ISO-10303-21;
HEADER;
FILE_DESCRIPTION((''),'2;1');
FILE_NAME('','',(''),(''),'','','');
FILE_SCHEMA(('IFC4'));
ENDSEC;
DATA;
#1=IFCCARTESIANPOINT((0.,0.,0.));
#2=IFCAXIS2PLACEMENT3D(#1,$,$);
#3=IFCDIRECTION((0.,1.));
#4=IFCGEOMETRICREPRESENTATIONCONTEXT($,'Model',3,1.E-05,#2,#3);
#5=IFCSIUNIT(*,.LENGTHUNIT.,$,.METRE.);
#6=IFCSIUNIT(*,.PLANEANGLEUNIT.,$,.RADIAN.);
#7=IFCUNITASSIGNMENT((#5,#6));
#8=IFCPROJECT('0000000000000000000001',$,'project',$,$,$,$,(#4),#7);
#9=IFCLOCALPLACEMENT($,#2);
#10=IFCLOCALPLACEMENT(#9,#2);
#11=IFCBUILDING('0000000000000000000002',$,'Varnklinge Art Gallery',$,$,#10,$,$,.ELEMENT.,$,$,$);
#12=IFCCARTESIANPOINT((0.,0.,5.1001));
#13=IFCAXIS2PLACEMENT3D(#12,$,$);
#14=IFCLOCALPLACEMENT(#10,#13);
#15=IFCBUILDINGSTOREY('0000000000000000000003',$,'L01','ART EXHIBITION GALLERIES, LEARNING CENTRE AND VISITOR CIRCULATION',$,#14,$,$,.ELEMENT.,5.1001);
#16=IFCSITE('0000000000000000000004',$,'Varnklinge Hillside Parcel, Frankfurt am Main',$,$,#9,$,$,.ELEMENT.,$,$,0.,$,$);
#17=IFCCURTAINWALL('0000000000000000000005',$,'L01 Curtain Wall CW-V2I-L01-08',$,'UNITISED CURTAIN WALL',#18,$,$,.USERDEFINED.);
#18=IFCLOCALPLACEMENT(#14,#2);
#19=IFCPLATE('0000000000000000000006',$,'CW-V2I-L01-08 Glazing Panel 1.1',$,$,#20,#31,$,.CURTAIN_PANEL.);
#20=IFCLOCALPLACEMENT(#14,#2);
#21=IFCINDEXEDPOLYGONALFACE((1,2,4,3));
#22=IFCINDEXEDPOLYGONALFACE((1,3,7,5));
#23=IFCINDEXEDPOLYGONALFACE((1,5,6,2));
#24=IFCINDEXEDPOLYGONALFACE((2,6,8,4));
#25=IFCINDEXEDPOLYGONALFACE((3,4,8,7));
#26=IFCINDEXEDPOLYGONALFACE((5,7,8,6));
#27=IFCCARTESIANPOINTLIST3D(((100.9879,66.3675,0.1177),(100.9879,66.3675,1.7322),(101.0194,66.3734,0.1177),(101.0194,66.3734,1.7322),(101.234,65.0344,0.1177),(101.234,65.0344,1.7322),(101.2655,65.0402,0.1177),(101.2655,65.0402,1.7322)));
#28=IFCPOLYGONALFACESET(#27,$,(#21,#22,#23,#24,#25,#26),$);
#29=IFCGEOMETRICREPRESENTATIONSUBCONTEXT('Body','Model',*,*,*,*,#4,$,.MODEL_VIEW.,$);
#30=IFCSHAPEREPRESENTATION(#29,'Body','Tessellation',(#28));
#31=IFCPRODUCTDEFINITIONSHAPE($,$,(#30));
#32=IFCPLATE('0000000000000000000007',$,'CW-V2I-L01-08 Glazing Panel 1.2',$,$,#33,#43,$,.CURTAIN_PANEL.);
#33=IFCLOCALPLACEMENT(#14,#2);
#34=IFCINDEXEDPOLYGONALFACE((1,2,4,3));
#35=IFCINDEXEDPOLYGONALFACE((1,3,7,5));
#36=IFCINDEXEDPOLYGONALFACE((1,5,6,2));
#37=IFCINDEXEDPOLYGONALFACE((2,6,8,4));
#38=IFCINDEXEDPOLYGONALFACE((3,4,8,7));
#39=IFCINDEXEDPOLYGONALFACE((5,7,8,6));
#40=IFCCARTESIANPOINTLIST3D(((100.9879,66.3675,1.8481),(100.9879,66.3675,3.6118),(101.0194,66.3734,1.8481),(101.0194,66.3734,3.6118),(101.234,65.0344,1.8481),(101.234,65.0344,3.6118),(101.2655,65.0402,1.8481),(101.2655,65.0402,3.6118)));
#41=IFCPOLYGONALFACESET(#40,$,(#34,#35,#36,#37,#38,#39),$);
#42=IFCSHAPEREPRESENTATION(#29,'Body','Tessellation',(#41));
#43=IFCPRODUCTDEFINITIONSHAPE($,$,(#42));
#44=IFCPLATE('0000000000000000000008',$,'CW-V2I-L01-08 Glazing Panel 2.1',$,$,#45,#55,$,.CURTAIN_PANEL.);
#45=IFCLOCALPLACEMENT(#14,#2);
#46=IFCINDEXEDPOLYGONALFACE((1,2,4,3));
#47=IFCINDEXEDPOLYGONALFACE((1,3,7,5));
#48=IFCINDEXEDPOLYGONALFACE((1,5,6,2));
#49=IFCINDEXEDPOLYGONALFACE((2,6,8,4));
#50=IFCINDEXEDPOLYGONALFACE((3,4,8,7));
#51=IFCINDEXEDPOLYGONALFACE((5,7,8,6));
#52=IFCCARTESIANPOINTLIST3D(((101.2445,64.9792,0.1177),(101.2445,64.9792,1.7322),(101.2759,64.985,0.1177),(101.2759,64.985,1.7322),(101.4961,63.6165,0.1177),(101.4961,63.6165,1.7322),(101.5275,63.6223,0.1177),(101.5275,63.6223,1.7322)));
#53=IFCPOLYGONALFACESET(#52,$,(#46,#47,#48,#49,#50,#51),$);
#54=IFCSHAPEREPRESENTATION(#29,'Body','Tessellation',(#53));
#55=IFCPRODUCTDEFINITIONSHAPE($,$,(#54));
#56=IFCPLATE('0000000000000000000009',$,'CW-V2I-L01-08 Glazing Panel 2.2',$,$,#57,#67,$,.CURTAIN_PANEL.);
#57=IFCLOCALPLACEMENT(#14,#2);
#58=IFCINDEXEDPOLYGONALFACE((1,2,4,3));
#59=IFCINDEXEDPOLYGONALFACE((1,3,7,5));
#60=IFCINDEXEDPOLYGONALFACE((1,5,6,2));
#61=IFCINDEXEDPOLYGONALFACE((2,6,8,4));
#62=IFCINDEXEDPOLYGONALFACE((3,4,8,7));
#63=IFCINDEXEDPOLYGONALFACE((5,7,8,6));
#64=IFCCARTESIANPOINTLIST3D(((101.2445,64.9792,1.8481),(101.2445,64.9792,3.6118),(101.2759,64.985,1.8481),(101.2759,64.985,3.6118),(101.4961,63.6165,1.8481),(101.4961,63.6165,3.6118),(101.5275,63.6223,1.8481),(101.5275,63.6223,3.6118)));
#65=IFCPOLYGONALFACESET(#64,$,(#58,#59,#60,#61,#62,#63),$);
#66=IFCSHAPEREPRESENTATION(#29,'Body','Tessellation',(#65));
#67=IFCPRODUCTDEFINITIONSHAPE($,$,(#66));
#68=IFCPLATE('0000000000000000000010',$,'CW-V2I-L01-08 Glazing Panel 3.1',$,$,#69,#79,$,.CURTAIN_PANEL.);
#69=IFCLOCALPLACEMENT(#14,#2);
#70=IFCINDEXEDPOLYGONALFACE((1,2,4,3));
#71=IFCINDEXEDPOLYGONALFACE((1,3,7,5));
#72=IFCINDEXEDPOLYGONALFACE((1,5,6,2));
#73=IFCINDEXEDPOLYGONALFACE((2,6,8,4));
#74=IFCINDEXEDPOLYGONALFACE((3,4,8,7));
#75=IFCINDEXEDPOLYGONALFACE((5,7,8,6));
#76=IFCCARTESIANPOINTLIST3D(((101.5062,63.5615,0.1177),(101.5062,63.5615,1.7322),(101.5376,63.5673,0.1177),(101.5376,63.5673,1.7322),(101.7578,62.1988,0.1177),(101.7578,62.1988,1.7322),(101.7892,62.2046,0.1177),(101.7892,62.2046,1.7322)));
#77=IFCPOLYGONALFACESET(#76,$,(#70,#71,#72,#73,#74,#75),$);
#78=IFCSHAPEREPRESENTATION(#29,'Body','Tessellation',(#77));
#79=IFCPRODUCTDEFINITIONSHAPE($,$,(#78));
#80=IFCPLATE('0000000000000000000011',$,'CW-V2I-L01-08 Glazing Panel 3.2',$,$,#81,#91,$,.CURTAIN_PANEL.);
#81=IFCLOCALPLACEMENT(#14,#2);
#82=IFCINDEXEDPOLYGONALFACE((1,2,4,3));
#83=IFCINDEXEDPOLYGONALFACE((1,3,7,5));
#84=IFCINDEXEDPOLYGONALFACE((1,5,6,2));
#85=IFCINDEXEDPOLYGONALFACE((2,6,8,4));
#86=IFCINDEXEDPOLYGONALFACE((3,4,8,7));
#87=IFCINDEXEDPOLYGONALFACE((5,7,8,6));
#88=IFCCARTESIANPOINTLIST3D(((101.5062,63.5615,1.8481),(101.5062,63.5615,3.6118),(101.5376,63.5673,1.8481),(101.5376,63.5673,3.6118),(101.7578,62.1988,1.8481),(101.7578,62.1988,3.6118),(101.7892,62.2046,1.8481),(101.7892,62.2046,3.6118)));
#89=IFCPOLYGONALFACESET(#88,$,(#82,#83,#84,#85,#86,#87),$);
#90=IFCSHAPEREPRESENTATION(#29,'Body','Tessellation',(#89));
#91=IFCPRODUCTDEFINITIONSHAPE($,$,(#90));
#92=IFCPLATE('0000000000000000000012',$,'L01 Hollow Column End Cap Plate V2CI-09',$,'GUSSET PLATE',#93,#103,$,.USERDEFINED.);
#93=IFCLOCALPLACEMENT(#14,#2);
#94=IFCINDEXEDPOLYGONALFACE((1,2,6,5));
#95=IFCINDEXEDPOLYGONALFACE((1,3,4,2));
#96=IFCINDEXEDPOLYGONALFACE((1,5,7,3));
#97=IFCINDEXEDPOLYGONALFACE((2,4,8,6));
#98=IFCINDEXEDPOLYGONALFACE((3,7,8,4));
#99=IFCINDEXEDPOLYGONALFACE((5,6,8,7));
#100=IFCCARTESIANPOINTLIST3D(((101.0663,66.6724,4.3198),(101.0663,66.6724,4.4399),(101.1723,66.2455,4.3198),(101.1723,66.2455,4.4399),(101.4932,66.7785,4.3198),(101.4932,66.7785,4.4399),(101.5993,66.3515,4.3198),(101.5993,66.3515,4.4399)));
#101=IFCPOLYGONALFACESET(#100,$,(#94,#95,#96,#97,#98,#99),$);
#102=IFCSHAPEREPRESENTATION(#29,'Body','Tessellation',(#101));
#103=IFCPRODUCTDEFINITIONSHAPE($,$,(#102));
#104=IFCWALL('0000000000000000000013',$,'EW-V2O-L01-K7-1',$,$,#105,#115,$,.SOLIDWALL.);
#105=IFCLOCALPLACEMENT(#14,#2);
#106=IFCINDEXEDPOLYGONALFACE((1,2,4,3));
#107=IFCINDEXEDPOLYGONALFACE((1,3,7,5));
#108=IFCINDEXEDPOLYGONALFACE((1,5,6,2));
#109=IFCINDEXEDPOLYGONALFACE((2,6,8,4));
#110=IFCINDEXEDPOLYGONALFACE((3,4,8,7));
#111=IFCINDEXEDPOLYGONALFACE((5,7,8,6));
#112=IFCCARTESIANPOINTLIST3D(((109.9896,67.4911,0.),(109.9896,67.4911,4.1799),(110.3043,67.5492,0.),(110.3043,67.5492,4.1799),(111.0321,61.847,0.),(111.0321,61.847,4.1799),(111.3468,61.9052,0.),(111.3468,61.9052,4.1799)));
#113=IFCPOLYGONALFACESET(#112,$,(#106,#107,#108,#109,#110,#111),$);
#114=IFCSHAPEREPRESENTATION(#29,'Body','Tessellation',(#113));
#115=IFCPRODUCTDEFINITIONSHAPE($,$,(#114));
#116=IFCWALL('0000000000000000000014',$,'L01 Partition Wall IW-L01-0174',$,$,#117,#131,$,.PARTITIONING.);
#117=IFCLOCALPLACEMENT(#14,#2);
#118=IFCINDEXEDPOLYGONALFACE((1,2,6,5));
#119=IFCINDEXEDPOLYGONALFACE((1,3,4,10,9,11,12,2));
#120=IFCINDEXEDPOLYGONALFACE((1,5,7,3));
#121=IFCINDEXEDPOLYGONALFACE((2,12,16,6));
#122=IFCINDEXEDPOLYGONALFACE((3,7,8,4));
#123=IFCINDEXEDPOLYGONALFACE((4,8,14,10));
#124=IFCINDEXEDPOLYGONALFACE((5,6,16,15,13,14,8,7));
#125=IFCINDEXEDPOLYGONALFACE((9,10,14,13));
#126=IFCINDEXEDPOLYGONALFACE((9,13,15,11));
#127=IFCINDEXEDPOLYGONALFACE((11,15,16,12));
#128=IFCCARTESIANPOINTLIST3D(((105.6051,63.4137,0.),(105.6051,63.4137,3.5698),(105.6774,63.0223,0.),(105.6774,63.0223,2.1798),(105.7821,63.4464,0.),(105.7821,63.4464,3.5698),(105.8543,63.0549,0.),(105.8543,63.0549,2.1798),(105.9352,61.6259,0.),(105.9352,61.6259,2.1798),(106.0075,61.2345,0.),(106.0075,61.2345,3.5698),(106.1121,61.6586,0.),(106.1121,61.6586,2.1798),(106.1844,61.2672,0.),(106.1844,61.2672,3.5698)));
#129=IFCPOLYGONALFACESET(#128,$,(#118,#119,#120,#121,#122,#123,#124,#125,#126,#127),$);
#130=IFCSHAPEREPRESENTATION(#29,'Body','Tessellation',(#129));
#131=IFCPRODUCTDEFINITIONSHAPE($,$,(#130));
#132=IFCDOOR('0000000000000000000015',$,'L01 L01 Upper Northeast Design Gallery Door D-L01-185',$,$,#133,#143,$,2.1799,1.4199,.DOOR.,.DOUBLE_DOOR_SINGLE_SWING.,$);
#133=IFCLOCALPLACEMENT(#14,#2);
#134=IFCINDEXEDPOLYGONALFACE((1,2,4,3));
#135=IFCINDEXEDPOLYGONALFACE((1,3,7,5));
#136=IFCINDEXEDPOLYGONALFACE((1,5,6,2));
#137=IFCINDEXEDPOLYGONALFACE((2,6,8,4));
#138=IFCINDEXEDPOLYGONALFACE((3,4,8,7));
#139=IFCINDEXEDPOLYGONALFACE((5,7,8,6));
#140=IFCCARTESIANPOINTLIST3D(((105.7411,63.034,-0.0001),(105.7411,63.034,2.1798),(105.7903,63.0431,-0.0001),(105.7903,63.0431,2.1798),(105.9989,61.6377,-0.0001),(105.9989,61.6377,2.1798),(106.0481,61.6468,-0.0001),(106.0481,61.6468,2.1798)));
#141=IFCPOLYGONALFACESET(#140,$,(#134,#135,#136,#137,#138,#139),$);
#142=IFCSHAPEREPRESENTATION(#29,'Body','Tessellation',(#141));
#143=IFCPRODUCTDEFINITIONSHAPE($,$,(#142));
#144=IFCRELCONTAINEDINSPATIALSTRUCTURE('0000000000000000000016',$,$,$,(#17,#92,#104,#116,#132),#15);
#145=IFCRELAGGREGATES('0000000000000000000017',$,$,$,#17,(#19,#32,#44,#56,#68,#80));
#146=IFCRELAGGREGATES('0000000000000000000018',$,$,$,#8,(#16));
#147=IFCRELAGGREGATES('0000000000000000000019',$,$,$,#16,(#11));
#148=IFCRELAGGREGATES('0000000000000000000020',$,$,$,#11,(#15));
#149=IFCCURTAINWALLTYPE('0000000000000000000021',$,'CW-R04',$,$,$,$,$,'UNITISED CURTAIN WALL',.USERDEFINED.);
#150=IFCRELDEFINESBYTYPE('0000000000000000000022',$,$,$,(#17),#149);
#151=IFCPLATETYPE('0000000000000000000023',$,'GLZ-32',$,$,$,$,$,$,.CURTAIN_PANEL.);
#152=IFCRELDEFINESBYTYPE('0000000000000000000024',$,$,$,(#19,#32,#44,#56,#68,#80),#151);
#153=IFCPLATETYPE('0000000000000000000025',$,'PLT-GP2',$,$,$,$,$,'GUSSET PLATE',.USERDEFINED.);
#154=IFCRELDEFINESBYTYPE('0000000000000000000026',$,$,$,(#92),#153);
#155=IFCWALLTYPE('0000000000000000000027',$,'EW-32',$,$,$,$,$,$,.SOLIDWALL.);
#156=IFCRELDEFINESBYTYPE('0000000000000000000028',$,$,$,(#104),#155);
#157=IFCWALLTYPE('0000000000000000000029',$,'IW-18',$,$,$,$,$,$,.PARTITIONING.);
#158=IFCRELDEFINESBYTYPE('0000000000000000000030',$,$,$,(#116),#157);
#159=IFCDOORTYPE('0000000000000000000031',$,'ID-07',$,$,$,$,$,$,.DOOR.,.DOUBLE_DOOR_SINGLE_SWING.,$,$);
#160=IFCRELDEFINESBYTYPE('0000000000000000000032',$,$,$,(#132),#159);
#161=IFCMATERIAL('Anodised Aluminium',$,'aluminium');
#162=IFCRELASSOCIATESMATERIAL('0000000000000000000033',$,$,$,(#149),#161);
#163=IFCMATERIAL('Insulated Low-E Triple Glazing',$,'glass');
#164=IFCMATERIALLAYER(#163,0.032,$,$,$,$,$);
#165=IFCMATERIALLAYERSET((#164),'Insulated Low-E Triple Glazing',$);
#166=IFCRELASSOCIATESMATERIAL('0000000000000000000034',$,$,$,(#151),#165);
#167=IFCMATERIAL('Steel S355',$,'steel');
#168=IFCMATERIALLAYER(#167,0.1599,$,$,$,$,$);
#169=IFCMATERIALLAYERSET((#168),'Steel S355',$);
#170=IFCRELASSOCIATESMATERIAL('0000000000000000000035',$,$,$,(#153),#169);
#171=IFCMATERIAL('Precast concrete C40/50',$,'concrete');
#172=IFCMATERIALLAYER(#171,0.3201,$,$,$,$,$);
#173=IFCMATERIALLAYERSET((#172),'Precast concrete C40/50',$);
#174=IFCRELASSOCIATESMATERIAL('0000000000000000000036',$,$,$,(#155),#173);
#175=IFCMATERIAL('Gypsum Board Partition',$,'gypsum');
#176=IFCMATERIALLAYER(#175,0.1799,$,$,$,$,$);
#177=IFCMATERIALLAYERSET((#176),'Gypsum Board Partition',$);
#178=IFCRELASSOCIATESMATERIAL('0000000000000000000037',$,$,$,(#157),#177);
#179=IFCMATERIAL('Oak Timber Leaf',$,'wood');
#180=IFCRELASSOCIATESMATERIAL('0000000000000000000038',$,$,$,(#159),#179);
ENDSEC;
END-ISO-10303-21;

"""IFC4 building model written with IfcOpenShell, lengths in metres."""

from ifc_helpers import new_model, si_unit, direction, frame, frame_2d, origin, origin_2d, place, context, subcontext, project, spatial, rectangle, extrude, material, layer, layer_set, type_object, element, fill, aggregate, save


model = new_model("IFC4")

# Units and contexts
model_context = context("Model", 3, precision=1e-05, world=origin(), true_north=direction((0.0, 1.0)))
body_context = subcontext(model_context, "Body", "Model", "MODEL_VIEW")
ifc_project = project(units=[si_unit("LENGTHUNIT", "METRE"), si_unit("PLANEANGLEUNIT", "RADIAN")], contexts=[model_context])

# Site, building, storey
site_placement = place(None, origin())
site = spatial("IfcSite", under=ifc_project, at=site_placement, Name="Varnklinge Hillside Parcel, Frankfurt am Main", CompositionType="ELEMENT", RefElevation=0.0)
building_placement = place(site_placement, origin())
building = spatial("IfcBuilding", under=site, at=building_placement, Name="Varnklinge Art Gallery", CompositionType="ELEMENT")
storey_placement = place(building_placement, frame((0.0, 0.0, 5.1001)))
storey = spatial("IfcBuildingStorey", under=building, at=storey_placement, Name="L01", Description="ART EXHIBITION GALLERIES, LEARNING CENTRE AND VISITOR CIRCULATION", CompositionType="ELEMENT", Elevation=5.1001)

# Curtain wall
ifc_material_1 = material(Name="Anodised Aluminium", Category="aluminium")
curtain_wall_type = type_object("IfcCurtainWallType", Name="CW-R04", ElementType="UNITISED CURTAIN WALL", PredefinedType="USERDEFINED", material=ifc_material_1)
curtain_wall_placement = place(storey_placement, origin())
curtain_wall = element("IfcCurtainWall", 1, at=curtain_wall_placement, inside=storey, type_object=curtain_wall_type, Name="L01 Curtain Wall CW-V2I-L01-08", ObjectType="UNITISED CURTAIN WALL", PredefinedType="USERDEFINED")

# Plates
ifc_material_2 = material(Name="Insulated Low-E Triple Glazing", Category="glass")
ifc_layer_1 = layer(ifc_material_2, 0.032)
ifc_layer_set_1 = layer_set([ifc_layer_1], Name="Insulated Low-E Triple Glazing")
plate_type_1 = type_object("IfcPlateType", Name="GLZ-32", PredefinedType="CURTAIN_PANEL", material=ifc_layer_set_1)
plate_1_placement = place(storey_placement, frame((101.1267, 65.7039, 0.1177), z_axis=(0.0, 0.0, 1.0), x_axis=(0.181549, -0.983382, 0.0)))
plate_1 = element("IfcPlate", 2, at=plate_1_placement, type_object=plate_type_1, Name="CW-V2I-L01-08 Glazing Panel 1.1", PredefinedType="CURTAIN_PANEL", context=body_context, shape_type="SweptSolid", body=[
    extrude(rectangle(XDim=1.3557, YDim=0.032, at=origin_2d()), origin(), (0.0, 0.0, 1.0), 1.6145),
])
plate_2_placement = place(storey_placement, frame((101.1267, 65.7039, 1.8481), z_axis=(0.0, 0.0, 1.0), x_axis=(0.181549, -0.983382, 0.0)))
plate_2 = element("IfcPlate", 3, at=plate_2_placement, type_object=plate_type_1, Name="CW-V2I-L01-08 Glazing Panel 1.2", PredefinedType="CURTAIN_PANEL", context=body_context, shape_type="SweptSolid", body=[
    extrude(rectangle(XDim=1.3557, YDim=0.032, at=origin_2d()), origin(), (0.0, 0.0, 1.0), 1.7637),
])
plate_3_placement = place(storey_placement, frame((101.386, 64.3008, 0.1177), z_axis=(0.0, 0.0, 1.0), x_axis=(0.181549, -0.983382, 0.0)))
plate_3 = element("IfcPlate", 4, at=plate_3_placement, type_object=plate_type_1, Name="CW-V2I-L01-08 Glazing Panel 2.1", PredefinedType="CURTAIN_PANEL", context=body_context, shape_type="SweptSolid", body=[
    extrude(rectangle(XDim=1.3857, YDim=0.032, at=origin_2d()), origin(), (0.0, 0.0, 1.0), 1.6145),
])
plate_4_placement = place(storey_placement, frame((101.386, 64.3008, 1.8481), z_axis=(0.0, 0.0, 1.0), x_axis=(0.181549, -0.983382, 0.0)))
plate_4 = element("IfcPlate", 5, at=plate_4_placement, type_object=plate_type_1, Name="CW-V2I-L01-08 Glazing Panel 2.2", PredefinedType="CURTAIN_PANEL", context=body_context, shape_type="SweptSolid", body=[
    extrude(rectangle(XDim=1.3857, YDim=0.032, at=origin_2d()), origin(), (0.0, 0.0, 1.0), 1.7637),
])
plate_5_placement = place(storey_placement, frame((101.6477, 62.8831, 0.1177), z_axis=(0.0, 0.0, 1.0), x_axis=(0.181549, -0.983382, 0.0)))
plate_5 = element("IfcPlate", 6, at=plate_5_placement, type_object=plate_type_1, Name="CW-V2I-L01-08 Glazing Panel 3.1", PredefinedType="CURTAIN_PANEL", context=body_context, shape_type="SweptSolid", body=[
    extrude(rectangle(XDim=1.3857, YDim=0.032, at=origin_2d()), origin(), (0.0, 0.0, 1.0), 1.6145),
])
plate_6_placement = place(storey_placement, frame((101.6477, 62.8831, 1.8481), z_axis=(0.0, 0.0, 1.0), x_axis=(0.181549, -0.983382, 0.0)))
plate_6 = element("IfcPlate", 7, at=plate_6_placement, type_object=plate_type_1, Name="CW-V2I-L01-08 Glazing Panel 3.2", PredefinedType="CURTAIN_PANEL", context=body_context, shape_type="SweptSolid", body=[
    extrude(rectangle(XDim=1.3857, YDim=0.032, at=origin_2d()), origin(), (0.0, 0.0, 1.0), 1.7637),
])
aggregate(curtain_wall, [plate_1, plate_2, plate_3, plate_4, plate_5, plate_6])
ifc_material_3 = material(Name="Steel S355", Category="steel")
ifc_layer_2 = layer(ifc_material_3, 0.1599)
ifc_layer_set_2 = layer_set([ifc_layer_2], Name="Steel S355")
plate_type_2 = type_object("IfcPlateType", Name="PLT-GP2", ElementType="GUSSET PLATE", PredefinedType="USERDEFINED", material=ifc_layer_set_2)
plate_7_placement = place(storey_placement, frame((101.3328, 66.512, 4.3198), z_axis=(0.0, 0.0, 1.0), x_axis=(-0.970506, -0.241075, 0.0)))
element("IfcPlate", 8, at=plate_7_placement, inside=storey, type_object=plate_type_2, Name="L01 Hollow Column End Cap Plate V2CI-09", ObjectType="GUSSET PLATE", PredefinedType="USERDEFINED", context=body_context, shape_type="SweptSolid", body=[
    extrude(rectangle(XDim=0.4399, YDim=0.4399, at=origin_2d()), origin(), (0.0, 0.0, 1.0), 0.1201),
])

# Wall
ifc_material_4 = material(Name="Precast concrete C40/50", Category="concrete")
ifc_layer_3 = layer(ifc_material_4, 0.3201)
ifc_layer_set_3 = layer_set([ifc_layer_3], Name="Precast concrete C40/50")
wall_type_1 = type_object("IfcWallType", Name="EW-32", PredefinedType="SOLIDWALL", material=ifc_layer_set_3)
wall_1_placement = place(storey_placement, frame((110.147, 67.52, 0.0), z_axis=(0.0, 0.0, 1.0), x_axis=(0.181632, -0.983367, 0.0)))
element("IfcWall", 9, at=wall_1_placement, inside=storey, type_object=wall_type_1, Name="EW-V2O-L01-K7-1", PredefinedType="SOLIDWALL", context=body_context, shape_type="SweptSolid", body=[
    extrude(rectangle(XDim=5.7395, YDim=0.3201, at=frame_2d((2.8696, 0.0))), origin(), (0.0, 0.0, 1.0), 4.1799),
])

# Wall, opening, door
ifc_material_5 = material(Name="Gypsum Board Partition", Category="gypsum")
ifc_layer_4 = layer(ifc_material_5, 0.1799)
ifc_layer_set_4 = layer_set([ifc_layer_4], Name="Gypsum Board Partition")
wall_type_2 = type_object("IfcWallType", Name="IW-18", PredefinedType="PARTITIONING", material=ifc_layer_set_4)
wall_2_placement = place(storey_placement, frame((105.6936, 63.4299, 0.0), z_axis=(0.0, 0.0, 1.0), x_axis=(0.181561, -0.98338, 0.0)))
wall_2 = element("IfcWall", 10, at=wall_2_placement, inside=storey, type_object=wall_type_2, Name="L01 Partition Wall IW-L01-0174", PredefinedType="PARTITIONING", context=body_context, shape_type="SweptSolid", body=[
    extrude(rectangle(XDim=2.2161, YDim=0.1799, at=frame_2d((1.1079, 0.0))), origin(), (0.0, 0.0, 1.0), 3.5698),
])
opening_placement = place(wall_2_placement, frame((0.3979, 0.0, 0.0)))
opening = element("IfcOpeningElement", 11, at=opening_placement, cuts=wall_2, PredefinedType="OPENING", context=body_context, shape_type="SweptSolid", body=[
    extrude(rectangle(XDim=1.4199, YDim=2.1799, at=frame_2d((0.71, 1.0898))), frame((0.0, 0.0999, 0.0), z_axis=(0.0, -1.0, 0.0), x_axis=(1.0, 0.0, 0.0)), (0.0, 0.0, 1.0), 0.2),
])
ifc_material_6 = material(Name="Oak Timber Leaf", Category="wood")
door_type = type_object("IfcDoorType", Name="ID-07", OperationType="DOUBLE_DOOR_SINGLE_SWING", PredefinedType="DOOR", material=ifc_material_6)
door_placement = place(opening_placement, origin())
door = element("IfcDoor", 12, at=door_placement, inside=storey, type_object=door_type, Name="L01 L01 Upper Northeast Design Gallery Door D-L01-185", OperationType="DOUBLE_DOOR_SINGLE_SWING", OverallHeight=2.1799, OverallWidth=1.4199, PredefinedType="DOOR", context=body_context, shape_type="SweptSolid", body=[
    extrude(rectangle(XDim=1.4199, YDim=2.1799, at=frame_2d((0.71, 1.0898))), frame((0.0, 0.0249, 0.0), z_axis=(0.0, -1.0, 0.0), x_axis=(1.0, 0.0, 0.0)), (0.0, 0.0, 1.0), 0.05),
])
fill(opening, door)

save(model, "model.ifc")
